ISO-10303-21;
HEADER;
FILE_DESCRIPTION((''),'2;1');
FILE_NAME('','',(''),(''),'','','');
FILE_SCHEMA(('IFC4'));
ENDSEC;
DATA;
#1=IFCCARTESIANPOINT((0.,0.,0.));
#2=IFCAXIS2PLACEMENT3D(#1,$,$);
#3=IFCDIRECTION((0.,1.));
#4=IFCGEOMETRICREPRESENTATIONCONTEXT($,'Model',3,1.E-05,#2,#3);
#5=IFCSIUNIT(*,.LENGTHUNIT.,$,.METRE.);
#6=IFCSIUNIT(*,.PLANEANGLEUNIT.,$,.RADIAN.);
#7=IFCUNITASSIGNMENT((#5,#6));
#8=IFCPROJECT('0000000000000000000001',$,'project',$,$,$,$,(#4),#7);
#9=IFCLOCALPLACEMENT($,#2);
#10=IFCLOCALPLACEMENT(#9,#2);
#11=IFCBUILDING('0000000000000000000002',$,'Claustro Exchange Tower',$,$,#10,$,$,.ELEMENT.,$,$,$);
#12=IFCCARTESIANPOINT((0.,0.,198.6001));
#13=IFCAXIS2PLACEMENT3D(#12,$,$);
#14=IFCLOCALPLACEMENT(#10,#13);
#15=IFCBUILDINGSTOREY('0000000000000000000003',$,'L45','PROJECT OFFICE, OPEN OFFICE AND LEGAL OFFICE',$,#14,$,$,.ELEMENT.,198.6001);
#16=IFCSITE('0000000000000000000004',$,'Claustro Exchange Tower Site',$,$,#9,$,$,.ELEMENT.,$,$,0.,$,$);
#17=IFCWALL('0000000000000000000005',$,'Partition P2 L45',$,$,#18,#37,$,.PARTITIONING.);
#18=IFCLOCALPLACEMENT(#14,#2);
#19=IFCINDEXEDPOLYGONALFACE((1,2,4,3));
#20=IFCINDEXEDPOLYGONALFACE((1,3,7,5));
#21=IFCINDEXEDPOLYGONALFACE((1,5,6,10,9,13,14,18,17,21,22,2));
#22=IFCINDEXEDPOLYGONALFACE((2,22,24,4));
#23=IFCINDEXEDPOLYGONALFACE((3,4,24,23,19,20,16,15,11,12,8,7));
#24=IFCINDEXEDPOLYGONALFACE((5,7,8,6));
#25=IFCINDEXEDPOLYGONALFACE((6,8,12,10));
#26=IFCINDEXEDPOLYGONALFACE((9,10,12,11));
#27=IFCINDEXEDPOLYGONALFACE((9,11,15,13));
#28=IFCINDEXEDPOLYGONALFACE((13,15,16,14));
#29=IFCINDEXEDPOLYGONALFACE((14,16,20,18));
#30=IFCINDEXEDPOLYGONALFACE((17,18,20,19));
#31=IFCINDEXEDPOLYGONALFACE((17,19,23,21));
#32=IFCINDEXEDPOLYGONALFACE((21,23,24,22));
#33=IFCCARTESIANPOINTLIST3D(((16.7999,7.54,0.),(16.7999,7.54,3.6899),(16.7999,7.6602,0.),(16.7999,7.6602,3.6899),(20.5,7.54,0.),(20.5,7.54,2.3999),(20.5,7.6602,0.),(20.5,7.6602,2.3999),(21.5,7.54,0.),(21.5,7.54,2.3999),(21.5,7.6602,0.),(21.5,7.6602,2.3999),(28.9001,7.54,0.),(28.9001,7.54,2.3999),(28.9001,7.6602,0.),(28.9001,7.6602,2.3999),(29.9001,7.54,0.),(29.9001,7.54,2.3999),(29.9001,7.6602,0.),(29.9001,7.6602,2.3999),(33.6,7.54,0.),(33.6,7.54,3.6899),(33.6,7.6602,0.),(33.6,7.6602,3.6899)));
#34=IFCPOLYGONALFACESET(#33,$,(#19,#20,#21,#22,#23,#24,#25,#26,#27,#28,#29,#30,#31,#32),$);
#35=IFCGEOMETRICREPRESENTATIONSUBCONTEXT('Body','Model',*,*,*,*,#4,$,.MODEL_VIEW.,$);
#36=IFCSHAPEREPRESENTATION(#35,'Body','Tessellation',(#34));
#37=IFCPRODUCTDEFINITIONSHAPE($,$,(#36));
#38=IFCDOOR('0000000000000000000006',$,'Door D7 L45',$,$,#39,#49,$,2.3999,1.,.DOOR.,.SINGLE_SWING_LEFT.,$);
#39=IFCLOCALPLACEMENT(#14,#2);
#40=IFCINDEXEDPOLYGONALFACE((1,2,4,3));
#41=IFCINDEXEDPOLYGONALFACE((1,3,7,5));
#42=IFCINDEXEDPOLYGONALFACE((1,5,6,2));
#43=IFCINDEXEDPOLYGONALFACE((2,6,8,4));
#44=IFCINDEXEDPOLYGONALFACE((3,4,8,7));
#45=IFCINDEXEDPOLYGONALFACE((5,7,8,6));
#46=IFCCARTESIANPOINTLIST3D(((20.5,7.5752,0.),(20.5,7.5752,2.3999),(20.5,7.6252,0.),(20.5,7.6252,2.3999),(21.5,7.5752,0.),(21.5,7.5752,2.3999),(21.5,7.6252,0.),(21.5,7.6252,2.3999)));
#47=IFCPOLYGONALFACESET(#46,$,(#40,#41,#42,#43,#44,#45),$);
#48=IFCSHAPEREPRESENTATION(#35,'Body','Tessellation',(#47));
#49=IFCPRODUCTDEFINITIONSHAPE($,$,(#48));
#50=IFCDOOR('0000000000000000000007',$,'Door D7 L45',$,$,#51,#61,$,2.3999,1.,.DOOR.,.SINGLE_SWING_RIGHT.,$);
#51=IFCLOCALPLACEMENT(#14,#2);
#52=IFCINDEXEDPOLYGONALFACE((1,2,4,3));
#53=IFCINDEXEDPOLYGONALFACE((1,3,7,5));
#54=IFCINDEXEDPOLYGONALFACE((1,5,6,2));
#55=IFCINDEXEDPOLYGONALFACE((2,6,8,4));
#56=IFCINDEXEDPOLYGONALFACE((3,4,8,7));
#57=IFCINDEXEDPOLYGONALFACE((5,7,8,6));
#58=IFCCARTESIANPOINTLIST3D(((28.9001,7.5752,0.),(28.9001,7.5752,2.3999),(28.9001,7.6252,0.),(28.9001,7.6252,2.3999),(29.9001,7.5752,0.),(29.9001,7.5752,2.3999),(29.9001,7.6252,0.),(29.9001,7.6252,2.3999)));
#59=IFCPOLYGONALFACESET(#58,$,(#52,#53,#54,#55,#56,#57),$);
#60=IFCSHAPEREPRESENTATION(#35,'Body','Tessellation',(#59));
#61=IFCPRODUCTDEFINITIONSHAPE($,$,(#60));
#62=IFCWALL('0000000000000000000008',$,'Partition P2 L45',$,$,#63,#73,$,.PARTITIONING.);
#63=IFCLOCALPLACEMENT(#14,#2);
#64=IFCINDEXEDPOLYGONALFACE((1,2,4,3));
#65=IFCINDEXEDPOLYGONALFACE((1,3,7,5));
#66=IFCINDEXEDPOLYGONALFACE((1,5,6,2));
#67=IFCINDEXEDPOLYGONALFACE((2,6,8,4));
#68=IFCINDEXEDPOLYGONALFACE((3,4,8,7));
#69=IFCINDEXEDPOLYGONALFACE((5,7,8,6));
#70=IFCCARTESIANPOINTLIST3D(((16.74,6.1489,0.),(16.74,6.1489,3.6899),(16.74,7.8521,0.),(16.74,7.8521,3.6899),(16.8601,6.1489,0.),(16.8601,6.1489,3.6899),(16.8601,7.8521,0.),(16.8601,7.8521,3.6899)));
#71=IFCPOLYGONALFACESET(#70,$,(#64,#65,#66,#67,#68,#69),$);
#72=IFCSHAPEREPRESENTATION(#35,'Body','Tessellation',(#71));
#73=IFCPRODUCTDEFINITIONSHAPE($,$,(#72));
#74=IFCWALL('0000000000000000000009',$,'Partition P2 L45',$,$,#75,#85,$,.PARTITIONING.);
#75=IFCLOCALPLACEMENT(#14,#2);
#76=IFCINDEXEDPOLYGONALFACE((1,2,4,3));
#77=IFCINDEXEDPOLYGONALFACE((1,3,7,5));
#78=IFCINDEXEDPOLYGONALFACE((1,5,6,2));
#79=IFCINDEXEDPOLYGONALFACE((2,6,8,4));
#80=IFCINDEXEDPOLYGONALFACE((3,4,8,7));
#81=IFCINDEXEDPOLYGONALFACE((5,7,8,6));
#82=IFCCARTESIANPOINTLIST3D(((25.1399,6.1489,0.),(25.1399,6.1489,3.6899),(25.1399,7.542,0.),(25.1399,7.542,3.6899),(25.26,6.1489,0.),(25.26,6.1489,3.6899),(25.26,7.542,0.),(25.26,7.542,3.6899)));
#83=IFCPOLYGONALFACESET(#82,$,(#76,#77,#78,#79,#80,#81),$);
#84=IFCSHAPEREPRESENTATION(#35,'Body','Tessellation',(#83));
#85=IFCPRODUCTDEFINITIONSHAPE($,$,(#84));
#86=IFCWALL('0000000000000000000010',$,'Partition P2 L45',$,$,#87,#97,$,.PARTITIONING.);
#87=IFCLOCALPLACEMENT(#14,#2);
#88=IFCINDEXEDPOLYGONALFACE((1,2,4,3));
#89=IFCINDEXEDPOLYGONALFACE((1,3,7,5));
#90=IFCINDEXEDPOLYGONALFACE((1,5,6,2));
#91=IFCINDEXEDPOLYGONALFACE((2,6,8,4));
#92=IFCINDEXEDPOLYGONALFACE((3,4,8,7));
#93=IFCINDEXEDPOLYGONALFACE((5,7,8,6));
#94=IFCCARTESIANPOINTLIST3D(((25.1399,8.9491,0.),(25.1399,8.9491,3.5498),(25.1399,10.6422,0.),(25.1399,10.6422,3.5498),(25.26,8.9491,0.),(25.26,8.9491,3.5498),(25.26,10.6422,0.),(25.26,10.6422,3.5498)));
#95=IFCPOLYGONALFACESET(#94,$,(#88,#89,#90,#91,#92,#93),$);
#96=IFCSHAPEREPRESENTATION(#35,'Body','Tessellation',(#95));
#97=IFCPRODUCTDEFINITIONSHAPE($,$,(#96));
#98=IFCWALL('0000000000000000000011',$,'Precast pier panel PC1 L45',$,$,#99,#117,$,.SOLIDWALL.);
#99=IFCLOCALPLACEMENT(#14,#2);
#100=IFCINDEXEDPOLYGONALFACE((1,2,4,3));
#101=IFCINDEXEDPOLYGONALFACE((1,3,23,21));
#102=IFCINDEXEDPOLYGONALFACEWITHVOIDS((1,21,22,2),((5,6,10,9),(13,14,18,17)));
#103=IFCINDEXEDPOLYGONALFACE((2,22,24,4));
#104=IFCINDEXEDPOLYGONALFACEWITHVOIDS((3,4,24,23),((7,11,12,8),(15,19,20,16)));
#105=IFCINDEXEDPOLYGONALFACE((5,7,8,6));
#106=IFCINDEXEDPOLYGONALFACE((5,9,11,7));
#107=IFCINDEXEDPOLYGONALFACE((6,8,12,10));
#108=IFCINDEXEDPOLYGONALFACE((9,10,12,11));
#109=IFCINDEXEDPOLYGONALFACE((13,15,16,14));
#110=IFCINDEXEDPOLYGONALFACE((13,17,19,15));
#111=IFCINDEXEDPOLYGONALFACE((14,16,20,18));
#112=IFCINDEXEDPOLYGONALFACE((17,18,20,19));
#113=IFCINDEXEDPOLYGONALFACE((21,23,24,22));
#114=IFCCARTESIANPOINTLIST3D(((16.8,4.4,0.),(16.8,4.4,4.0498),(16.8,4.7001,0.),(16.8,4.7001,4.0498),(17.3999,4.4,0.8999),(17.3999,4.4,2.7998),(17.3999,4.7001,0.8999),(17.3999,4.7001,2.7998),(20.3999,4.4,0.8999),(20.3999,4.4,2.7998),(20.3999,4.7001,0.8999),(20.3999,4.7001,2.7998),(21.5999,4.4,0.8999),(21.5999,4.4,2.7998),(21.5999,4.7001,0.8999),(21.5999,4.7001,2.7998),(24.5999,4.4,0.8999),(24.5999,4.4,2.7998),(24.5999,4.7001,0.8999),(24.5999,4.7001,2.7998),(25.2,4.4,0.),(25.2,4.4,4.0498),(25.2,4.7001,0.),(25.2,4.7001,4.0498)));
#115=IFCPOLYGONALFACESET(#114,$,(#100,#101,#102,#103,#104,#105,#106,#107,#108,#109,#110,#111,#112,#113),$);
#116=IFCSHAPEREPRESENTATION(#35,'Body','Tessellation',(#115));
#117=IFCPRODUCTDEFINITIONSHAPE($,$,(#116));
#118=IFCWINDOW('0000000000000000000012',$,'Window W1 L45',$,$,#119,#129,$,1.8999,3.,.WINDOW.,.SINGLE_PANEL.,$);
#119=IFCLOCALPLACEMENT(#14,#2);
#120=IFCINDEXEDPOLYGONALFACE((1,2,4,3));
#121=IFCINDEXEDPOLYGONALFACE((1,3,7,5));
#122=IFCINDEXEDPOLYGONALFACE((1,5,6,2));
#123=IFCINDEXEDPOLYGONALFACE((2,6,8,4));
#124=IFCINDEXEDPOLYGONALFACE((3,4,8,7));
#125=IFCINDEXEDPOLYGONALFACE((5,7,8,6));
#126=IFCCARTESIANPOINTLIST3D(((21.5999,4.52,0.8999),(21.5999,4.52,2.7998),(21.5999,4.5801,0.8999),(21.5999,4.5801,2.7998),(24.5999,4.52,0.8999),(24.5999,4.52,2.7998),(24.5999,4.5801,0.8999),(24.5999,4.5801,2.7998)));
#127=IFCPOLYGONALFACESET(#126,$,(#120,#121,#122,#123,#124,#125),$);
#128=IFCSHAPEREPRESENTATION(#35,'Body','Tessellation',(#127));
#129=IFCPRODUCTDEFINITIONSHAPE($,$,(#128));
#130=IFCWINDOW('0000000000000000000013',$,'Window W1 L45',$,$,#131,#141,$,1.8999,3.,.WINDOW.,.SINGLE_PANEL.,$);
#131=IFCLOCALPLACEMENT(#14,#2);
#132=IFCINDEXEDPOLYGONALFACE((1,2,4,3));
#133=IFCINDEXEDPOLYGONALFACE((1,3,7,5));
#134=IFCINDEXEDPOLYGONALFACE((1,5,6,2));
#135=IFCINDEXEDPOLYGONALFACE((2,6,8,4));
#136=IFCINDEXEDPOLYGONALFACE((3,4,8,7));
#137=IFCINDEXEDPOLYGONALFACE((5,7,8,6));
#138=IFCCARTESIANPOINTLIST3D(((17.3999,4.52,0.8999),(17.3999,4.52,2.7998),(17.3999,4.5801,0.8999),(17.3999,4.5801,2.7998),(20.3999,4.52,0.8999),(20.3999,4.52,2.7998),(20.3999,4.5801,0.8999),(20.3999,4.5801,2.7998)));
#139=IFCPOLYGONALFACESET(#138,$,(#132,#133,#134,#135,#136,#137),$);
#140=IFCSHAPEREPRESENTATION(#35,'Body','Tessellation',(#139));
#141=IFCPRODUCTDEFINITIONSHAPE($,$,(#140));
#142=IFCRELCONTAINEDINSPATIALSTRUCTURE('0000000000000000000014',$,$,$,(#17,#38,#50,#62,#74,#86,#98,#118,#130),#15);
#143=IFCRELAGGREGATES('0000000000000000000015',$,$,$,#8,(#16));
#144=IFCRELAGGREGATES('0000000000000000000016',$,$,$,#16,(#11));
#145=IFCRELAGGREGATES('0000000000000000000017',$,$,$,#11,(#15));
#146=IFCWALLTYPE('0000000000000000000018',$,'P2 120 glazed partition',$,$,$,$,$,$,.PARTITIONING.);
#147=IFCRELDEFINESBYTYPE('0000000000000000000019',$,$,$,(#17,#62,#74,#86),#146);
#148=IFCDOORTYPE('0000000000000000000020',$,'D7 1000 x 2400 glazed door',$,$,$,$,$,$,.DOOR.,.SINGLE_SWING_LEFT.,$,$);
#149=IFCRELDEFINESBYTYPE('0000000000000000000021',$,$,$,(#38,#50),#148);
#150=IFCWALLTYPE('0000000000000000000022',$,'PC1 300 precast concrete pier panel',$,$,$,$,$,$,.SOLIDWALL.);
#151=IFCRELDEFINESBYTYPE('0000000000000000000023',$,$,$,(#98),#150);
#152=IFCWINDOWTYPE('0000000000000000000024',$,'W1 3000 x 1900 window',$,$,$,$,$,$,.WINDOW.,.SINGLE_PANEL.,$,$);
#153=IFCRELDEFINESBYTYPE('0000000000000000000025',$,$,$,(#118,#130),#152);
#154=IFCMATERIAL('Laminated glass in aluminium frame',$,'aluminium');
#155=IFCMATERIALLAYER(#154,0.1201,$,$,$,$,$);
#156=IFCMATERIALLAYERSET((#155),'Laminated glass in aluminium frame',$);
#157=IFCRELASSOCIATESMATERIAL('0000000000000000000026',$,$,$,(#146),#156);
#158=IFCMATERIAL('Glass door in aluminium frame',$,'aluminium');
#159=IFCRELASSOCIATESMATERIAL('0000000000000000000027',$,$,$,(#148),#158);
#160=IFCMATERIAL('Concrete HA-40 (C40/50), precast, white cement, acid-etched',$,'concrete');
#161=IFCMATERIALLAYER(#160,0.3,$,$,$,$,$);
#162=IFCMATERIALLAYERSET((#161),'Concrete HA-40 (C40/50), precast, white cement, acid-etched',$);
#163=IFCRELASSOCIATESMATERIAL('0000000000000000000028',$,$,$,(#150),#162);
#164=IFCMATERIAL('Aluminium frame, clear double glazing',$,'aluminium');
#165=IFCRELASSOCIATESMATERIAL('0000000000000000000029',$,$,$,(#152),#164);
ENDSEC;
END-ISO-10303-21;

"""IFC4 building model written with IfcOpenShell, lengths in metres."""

from ifc_helpers import new_model, si_unit, direction, frame, frame_2d, origin, place, context, subcontext, project, spatial, rectangle, extrude, material, layer, layer_set, type_object, element, fill, save


model = new_model("IFC4")

# Units and contexts
model_context = context("Model", 3, precision=1e-05, world=origin(), true_north=direction((0.0, 1.0)))
body_context = subcontext(model_context, "Body", "Model", "MODEL_VIEW")
ifc_project = project(units=[si_unit("LENGTHUNIT", "METRE"), si_unit("PLANEANGLEUNIT", "RADIAN")], contexts=[model_context])

# Site, building, storey
site_placement = place(None, origin())
site = spatial("IfcSite", under=ifc_project, at=site_placement, Name="Claustro Exchange Tower Site", CompositionType="ELEMENT", RefElevation=0.0)
building_placement = place(site_placement, origin())
building = spatial("IfcBuilding", under=site, at=building_placement, Name="Claustro Exchange Tower", CompositionType="ELEMENT")
storey_placement = place(building_placement, frame((0.0, 0.0, 198.6001)))
storey = spatial("IfcBuildingStorey", under=building, at=storey_placement, Name="L45", Description="PROJECT OFFICE, OPEN OFFICE AND LEGAL OFFICE", CompositionType="ELEMENT", Elevation=198.6001)

# Wall, openings, doors
ifc_material_1 = material(Name="Laminated glass in aluminium frame", Category="aluminium")
ifc_layer_1 = layer(ifc_material_1, 0.1201)
ifc_layer_set_1 = layer_set([ifc_layer_1], Name="Laminated glass in aluminium frame")
wall_type_1 = type_object("IfcWallType", Name="P2 120 glazed partition", PredefinedType="PARTITIONING", material=ifc_layer_set_1)
wall_1_placement = place(storey_placement, frame((16.8, 7.6001, 0.0), z_axis=(0.0, 0.0, 1.0), x_axis=(1.0, 0.0, 0.0)))
wall_1 = element("IfcWall", 1, at=wall_1_placement, inside=storey, type_object=wall_type_1, Name="Partition P2 L45", PredefinedType="PARTITIONING", context=body_context, shape_type="SweptSolid", body=[
    extrude(rectangle(XDim=16.8, YDim=0.1201, at=frame_2d((8.3999, 0.0))), origin(), (0.0, 0.0, 1.0), 3.6899),
])
opening_1_placement = place(wall_1_placement, frame((3.7, 0.0, 0.0)))
opening_1 = element("IfcOpeningElement", 2, at=opening_1_placement, cuts=wall_1, PredefinedType="OPENING", context=body_context, shape_type="SweptSolid", body=[
    extrude(rectangle(XDim=1.0, YDim=2.3999, at=frame_2d((0.5, 1.2))), frame((0.0, 0.0701, 0.0), z_axis=(0.0, -1.0, 0.0), x_axis=(1.0, 0.0, 0.0)), (0.0, 0.0, 1.0), 0.1401),
])
opening_2_placement = place(wall_1_placement, frame((12.1001, 0.0, 0.0)))
opening_2 = element("IfcOpeningElement", 3, at=opening_2_placement, cuts=wall_1, PredefinedType="OPENING", context=body_context, shape_type="SweptSolid", body=[
    extrude(rectangle(XDim=1.0, YDim=2.3999, at=frame_2d((0.5, 1.2))), frame((0.0, 0.0701, 0.0), z_axis=(0.0, -1.0, 0.0), x_axis=(1.0, 0.0, 0.0)), (0.0, 0.0, 1.0), 0.1401),
])
ifc_material_2 = material(Name="Glass door in aluminium frame", Category="aluminium")
door_type = type_object("IfcDoorType", Name="D7 1000 x 2400 glazed door", OperationType="SINGLE_SWING_LEFT", PredefinedType="DOOR", material=ifc_material_2)
door_1_placement = place(opening_1_placement, frame((1.0, 0.0, 0.0), z_axis=(0.0, 0.0, 1.0), x_axis=(-1.0, 0.0, 0.0)))
door_1 = element("IfcDoor", 4, at=door_1_placement, inside=storey, type_object=door_type, Name="Door D7 L45", OperationType="SINGLE_SWING_LEFT", OverallHeight=2.3999, OverallWidth=1.0, PredefinedType="DOOR", context=body_context, shape_type="SweptSolid", body=[
    extrude(rectangle(XDim=1.0, YDim=2.3999, at=frame_2d((0.5, 1.2))), frame((0.0, 0.0249, 0.0), z_axis=(0.0, -1.0, 0.0), x_axis=(1.0, 0.0, 0.0)), (0.0, 0.0, 1.0), 0.05),
])
fill(opening_1, door_1)
door_2_placement = place(opening_2_placement, frame((1.0, 0.0, 0.0), z_axis=(0.0, 0.0, 1.0), x_axis=(-1.0, 0.0, 0.0)))
door_2 = element("IfcDoor", 5, at=door_2_placement, inside=storey, type_object=door_type, Name="Door D7 L45", OperationType="SINGLE_SWING_RIGHT", OverallHeight=2.3999, OverallWidth=1.0, PredefinedType="DOOR", context=body_context, shape_type="SweptSolid", body=[
    extrude(rectangle(XDim=1.0, YDim=2.3999, at=frame_2d((0.5, 1.2))), frame((0.0, 0.0249, 0.0), z_axis=(0.0, -1.0, 0.0), x_axis=(1.0, 0.0, 0.0)), (0.0, 0.0, 1.0), 0.05),
])
fill(opening_2, door_2)

# Walls
wall_2_placement = place(storey_placement, frame((16.8, 6.1489, 0.0), z_axis=(0.0, 0.0, 1.0), x_axis=(0.0, 1.0, 0.0)))
element("IfcWall", 6, at=wall_2_placement, inside=storey, type_object=wall_type_1, Name="Partition P2 L45", PredefinedType="PARTITIONING", context=body_context, shape_type="SweptSolid", body=[
    extrude(rectangle(XDim=1.7031, YDim=0.1201, at=frame_2d((0.8516, 0.0))), origin(), (0.0, 0.0, 1.0), 3.6899),
])
wall_3_placement = place(storey_placement, frame((25.2, 6.1489, 0.0), z_axis=(0.0, 0.0, 1.0), x_axis=(0.0, 1.0, 0.0)))
element("IfcWall", 7, at=wall_3_placement, inside=storey, type_object=wall_type_1, Name="Partition P2 L45", PredefinedType="PARTITIONING", context=body_context, shape_type="SweptSolid", body=[
    extrude(rectangle(XDim=1.3931, YDim=0.1201, at=frame_2d((0.6965, 0.0))), origin(), (0.0, 0.0, 1.0), 3.6899),
])
wall_4_placement = place(storey_placement, frame((25.2, 8.949, 0.0), z_axis=(0.0, 0.0, 1.0), x_axis=(0.0, 1.0, 0.0)))
element("IfcWall", 8, at=wall_4_placement, inside=storey, type_object=wall_type_1, Name="Partition P2 L45", PredefinedType="PARTITIONING", context=body_context, shape_type="SweptSolid", body=[
    extrude(rectangle(XDim=1.6931, YDim=0.1201, at=frame_2d((0.8467, 0.0))), origin(), (0.0, 0.0, 1.0), 3.5498),
])

# Wall, openings, windows
ifc_material_3 = material(Name="Concrete HA-40 (C40/50), precast, white cement, acid-etched", Category="concrete")
ifc_layer_2 = layer(ifc_material_3, 0.3)
ifc_layer_set_2 = layer_set([ifc_layer_2], Name="Concrete HA-40 (C40/50), precast, white cement, acid-etched")
wall_type_2 = type_object("IfcWallType", Name="PC1 300 precast concrete pier panel", PredefinedType="SOLIDWALL", material=ifc_layer_set_2)
wall_5_placement = place(storey_placement, frame((25.2, 4.55, 0.0), z_axis=(0.0, 0.0, 1.0), x_axis=(-1.0, 0.0, 0.0)))
wall_5 = element("IfcWall", 9, at=wall_5_placement, inside=storey, type_object=wall_type_2, Name="Precast pier panel PC1 L45", PredefinedType="SOLIDWALL", context=body_context, shape_type="SweptSolid", body=[
    extrude(rectangle(XDim=8.3999, YDim=0.3, at=frame_2d((4.2, 0.0))), origin(), (0.0, 0.0, 1.0), 4.0498),
])
opening_3_placement = place(wall_5_placement, frame((0.6001, 0.0, 0.8999)))
opening_3 = element("IfcOpeningElement", 10, at=opening_3_placement, cuts=wall_5, PredefinedType="OPENING", context=body_context, shape_type="SweptSolid", body=[
    extrude(rectangle(XDim=3.0, YDim=1.8999, at=frame_2d((1.5, 0.95))), frame((0.0, 0.1599, 0.0), z_axis=(0.0, -1.0, 0.0), x_axis=(1.0, 0.0, 0.0)), (0.0, 0.0, 1.0), 0.3201),
])
opening_4_placement = place(wall_5_placement, frame((4.8, 0.0, 0.8999)))
opening_4 = element("IfcOpeningElement", 11, at=opening_4_placement, cuts=wall_5, PredefinedType="OPENING", context=body_context, shape_type="SweptSolid", body=[
    extrude(rectangle(XDim=3.0, YDim=1.8999, at=frame_2d((1.5, 0.95))), frame((0.0, 0.1599, 0.0), z_axis=(0.0, -1.0, 0.0), x_axis=(1.0, 0.0, 0.0)), (0.0, 0.0, 1.0), 0.3201),
])
ifc_material_4 = material(Name="Aluminium frame, clear double glazing", Category="aluminium")
window_type_1 = type_object("IfcWindowType", Name="W1 3000 x 1900 window", PartitioningType="SINGLE_PANEL", PredefinedType="WINDOW", material=ifc_material_4)
window_1_placement = place(opening_3_placement, origin())
window_1 = element("IfcWindow", 12, at=window_1_placement, inside=storey, type_object=window_type_1, Name="Window W1 L45", OverallHeight=1.8999, OverallWidth=3.0, PartitioningType="SINGLE_PANEL", PredefinedType="WINDOW", context=body_context, shape_type="SweptSolid", body=[
    extrude(rectangle(XDim=3.0, YDim=1.8999, at=frame_2d((1.5, 0.95))), frame((0.0, 0.03, 0.0), z_axis=(0.0, -1.0, 0.0), x_axis=(1.0, 0.0, 0.0)), (0.0, 0.0, 1.0), 0.0601),
])
fill(opening_3, window_1)
window_2_placement = place(opening_4_placement, origin())
window_2 = element("IfcWindow", 13, at=window_2_placement, inside=storey, type_object=window_type_1, Name="Window W1 L45", OverallHeight=1.8999, OverallWidth=3.0, PartitioningType="SINGLE_PANEL", PredefinedType="WINDOW", context=body_context, shape_type="SweptSolid", body=[
    extrude(rectangle(XDim=3.0, YDim=1.8999, at=frame_2d((1.5, 0.95))), frame((0.0, 0.03, 0.0), z_axis=(0.0, -1.0, 0.0), x_axis=(1.0, 0.0, 0.0)), (0.0, 0.0, 1.0), 0.0601),
])
fill(opening_4, window_2)

save(model, "model.ifc")
